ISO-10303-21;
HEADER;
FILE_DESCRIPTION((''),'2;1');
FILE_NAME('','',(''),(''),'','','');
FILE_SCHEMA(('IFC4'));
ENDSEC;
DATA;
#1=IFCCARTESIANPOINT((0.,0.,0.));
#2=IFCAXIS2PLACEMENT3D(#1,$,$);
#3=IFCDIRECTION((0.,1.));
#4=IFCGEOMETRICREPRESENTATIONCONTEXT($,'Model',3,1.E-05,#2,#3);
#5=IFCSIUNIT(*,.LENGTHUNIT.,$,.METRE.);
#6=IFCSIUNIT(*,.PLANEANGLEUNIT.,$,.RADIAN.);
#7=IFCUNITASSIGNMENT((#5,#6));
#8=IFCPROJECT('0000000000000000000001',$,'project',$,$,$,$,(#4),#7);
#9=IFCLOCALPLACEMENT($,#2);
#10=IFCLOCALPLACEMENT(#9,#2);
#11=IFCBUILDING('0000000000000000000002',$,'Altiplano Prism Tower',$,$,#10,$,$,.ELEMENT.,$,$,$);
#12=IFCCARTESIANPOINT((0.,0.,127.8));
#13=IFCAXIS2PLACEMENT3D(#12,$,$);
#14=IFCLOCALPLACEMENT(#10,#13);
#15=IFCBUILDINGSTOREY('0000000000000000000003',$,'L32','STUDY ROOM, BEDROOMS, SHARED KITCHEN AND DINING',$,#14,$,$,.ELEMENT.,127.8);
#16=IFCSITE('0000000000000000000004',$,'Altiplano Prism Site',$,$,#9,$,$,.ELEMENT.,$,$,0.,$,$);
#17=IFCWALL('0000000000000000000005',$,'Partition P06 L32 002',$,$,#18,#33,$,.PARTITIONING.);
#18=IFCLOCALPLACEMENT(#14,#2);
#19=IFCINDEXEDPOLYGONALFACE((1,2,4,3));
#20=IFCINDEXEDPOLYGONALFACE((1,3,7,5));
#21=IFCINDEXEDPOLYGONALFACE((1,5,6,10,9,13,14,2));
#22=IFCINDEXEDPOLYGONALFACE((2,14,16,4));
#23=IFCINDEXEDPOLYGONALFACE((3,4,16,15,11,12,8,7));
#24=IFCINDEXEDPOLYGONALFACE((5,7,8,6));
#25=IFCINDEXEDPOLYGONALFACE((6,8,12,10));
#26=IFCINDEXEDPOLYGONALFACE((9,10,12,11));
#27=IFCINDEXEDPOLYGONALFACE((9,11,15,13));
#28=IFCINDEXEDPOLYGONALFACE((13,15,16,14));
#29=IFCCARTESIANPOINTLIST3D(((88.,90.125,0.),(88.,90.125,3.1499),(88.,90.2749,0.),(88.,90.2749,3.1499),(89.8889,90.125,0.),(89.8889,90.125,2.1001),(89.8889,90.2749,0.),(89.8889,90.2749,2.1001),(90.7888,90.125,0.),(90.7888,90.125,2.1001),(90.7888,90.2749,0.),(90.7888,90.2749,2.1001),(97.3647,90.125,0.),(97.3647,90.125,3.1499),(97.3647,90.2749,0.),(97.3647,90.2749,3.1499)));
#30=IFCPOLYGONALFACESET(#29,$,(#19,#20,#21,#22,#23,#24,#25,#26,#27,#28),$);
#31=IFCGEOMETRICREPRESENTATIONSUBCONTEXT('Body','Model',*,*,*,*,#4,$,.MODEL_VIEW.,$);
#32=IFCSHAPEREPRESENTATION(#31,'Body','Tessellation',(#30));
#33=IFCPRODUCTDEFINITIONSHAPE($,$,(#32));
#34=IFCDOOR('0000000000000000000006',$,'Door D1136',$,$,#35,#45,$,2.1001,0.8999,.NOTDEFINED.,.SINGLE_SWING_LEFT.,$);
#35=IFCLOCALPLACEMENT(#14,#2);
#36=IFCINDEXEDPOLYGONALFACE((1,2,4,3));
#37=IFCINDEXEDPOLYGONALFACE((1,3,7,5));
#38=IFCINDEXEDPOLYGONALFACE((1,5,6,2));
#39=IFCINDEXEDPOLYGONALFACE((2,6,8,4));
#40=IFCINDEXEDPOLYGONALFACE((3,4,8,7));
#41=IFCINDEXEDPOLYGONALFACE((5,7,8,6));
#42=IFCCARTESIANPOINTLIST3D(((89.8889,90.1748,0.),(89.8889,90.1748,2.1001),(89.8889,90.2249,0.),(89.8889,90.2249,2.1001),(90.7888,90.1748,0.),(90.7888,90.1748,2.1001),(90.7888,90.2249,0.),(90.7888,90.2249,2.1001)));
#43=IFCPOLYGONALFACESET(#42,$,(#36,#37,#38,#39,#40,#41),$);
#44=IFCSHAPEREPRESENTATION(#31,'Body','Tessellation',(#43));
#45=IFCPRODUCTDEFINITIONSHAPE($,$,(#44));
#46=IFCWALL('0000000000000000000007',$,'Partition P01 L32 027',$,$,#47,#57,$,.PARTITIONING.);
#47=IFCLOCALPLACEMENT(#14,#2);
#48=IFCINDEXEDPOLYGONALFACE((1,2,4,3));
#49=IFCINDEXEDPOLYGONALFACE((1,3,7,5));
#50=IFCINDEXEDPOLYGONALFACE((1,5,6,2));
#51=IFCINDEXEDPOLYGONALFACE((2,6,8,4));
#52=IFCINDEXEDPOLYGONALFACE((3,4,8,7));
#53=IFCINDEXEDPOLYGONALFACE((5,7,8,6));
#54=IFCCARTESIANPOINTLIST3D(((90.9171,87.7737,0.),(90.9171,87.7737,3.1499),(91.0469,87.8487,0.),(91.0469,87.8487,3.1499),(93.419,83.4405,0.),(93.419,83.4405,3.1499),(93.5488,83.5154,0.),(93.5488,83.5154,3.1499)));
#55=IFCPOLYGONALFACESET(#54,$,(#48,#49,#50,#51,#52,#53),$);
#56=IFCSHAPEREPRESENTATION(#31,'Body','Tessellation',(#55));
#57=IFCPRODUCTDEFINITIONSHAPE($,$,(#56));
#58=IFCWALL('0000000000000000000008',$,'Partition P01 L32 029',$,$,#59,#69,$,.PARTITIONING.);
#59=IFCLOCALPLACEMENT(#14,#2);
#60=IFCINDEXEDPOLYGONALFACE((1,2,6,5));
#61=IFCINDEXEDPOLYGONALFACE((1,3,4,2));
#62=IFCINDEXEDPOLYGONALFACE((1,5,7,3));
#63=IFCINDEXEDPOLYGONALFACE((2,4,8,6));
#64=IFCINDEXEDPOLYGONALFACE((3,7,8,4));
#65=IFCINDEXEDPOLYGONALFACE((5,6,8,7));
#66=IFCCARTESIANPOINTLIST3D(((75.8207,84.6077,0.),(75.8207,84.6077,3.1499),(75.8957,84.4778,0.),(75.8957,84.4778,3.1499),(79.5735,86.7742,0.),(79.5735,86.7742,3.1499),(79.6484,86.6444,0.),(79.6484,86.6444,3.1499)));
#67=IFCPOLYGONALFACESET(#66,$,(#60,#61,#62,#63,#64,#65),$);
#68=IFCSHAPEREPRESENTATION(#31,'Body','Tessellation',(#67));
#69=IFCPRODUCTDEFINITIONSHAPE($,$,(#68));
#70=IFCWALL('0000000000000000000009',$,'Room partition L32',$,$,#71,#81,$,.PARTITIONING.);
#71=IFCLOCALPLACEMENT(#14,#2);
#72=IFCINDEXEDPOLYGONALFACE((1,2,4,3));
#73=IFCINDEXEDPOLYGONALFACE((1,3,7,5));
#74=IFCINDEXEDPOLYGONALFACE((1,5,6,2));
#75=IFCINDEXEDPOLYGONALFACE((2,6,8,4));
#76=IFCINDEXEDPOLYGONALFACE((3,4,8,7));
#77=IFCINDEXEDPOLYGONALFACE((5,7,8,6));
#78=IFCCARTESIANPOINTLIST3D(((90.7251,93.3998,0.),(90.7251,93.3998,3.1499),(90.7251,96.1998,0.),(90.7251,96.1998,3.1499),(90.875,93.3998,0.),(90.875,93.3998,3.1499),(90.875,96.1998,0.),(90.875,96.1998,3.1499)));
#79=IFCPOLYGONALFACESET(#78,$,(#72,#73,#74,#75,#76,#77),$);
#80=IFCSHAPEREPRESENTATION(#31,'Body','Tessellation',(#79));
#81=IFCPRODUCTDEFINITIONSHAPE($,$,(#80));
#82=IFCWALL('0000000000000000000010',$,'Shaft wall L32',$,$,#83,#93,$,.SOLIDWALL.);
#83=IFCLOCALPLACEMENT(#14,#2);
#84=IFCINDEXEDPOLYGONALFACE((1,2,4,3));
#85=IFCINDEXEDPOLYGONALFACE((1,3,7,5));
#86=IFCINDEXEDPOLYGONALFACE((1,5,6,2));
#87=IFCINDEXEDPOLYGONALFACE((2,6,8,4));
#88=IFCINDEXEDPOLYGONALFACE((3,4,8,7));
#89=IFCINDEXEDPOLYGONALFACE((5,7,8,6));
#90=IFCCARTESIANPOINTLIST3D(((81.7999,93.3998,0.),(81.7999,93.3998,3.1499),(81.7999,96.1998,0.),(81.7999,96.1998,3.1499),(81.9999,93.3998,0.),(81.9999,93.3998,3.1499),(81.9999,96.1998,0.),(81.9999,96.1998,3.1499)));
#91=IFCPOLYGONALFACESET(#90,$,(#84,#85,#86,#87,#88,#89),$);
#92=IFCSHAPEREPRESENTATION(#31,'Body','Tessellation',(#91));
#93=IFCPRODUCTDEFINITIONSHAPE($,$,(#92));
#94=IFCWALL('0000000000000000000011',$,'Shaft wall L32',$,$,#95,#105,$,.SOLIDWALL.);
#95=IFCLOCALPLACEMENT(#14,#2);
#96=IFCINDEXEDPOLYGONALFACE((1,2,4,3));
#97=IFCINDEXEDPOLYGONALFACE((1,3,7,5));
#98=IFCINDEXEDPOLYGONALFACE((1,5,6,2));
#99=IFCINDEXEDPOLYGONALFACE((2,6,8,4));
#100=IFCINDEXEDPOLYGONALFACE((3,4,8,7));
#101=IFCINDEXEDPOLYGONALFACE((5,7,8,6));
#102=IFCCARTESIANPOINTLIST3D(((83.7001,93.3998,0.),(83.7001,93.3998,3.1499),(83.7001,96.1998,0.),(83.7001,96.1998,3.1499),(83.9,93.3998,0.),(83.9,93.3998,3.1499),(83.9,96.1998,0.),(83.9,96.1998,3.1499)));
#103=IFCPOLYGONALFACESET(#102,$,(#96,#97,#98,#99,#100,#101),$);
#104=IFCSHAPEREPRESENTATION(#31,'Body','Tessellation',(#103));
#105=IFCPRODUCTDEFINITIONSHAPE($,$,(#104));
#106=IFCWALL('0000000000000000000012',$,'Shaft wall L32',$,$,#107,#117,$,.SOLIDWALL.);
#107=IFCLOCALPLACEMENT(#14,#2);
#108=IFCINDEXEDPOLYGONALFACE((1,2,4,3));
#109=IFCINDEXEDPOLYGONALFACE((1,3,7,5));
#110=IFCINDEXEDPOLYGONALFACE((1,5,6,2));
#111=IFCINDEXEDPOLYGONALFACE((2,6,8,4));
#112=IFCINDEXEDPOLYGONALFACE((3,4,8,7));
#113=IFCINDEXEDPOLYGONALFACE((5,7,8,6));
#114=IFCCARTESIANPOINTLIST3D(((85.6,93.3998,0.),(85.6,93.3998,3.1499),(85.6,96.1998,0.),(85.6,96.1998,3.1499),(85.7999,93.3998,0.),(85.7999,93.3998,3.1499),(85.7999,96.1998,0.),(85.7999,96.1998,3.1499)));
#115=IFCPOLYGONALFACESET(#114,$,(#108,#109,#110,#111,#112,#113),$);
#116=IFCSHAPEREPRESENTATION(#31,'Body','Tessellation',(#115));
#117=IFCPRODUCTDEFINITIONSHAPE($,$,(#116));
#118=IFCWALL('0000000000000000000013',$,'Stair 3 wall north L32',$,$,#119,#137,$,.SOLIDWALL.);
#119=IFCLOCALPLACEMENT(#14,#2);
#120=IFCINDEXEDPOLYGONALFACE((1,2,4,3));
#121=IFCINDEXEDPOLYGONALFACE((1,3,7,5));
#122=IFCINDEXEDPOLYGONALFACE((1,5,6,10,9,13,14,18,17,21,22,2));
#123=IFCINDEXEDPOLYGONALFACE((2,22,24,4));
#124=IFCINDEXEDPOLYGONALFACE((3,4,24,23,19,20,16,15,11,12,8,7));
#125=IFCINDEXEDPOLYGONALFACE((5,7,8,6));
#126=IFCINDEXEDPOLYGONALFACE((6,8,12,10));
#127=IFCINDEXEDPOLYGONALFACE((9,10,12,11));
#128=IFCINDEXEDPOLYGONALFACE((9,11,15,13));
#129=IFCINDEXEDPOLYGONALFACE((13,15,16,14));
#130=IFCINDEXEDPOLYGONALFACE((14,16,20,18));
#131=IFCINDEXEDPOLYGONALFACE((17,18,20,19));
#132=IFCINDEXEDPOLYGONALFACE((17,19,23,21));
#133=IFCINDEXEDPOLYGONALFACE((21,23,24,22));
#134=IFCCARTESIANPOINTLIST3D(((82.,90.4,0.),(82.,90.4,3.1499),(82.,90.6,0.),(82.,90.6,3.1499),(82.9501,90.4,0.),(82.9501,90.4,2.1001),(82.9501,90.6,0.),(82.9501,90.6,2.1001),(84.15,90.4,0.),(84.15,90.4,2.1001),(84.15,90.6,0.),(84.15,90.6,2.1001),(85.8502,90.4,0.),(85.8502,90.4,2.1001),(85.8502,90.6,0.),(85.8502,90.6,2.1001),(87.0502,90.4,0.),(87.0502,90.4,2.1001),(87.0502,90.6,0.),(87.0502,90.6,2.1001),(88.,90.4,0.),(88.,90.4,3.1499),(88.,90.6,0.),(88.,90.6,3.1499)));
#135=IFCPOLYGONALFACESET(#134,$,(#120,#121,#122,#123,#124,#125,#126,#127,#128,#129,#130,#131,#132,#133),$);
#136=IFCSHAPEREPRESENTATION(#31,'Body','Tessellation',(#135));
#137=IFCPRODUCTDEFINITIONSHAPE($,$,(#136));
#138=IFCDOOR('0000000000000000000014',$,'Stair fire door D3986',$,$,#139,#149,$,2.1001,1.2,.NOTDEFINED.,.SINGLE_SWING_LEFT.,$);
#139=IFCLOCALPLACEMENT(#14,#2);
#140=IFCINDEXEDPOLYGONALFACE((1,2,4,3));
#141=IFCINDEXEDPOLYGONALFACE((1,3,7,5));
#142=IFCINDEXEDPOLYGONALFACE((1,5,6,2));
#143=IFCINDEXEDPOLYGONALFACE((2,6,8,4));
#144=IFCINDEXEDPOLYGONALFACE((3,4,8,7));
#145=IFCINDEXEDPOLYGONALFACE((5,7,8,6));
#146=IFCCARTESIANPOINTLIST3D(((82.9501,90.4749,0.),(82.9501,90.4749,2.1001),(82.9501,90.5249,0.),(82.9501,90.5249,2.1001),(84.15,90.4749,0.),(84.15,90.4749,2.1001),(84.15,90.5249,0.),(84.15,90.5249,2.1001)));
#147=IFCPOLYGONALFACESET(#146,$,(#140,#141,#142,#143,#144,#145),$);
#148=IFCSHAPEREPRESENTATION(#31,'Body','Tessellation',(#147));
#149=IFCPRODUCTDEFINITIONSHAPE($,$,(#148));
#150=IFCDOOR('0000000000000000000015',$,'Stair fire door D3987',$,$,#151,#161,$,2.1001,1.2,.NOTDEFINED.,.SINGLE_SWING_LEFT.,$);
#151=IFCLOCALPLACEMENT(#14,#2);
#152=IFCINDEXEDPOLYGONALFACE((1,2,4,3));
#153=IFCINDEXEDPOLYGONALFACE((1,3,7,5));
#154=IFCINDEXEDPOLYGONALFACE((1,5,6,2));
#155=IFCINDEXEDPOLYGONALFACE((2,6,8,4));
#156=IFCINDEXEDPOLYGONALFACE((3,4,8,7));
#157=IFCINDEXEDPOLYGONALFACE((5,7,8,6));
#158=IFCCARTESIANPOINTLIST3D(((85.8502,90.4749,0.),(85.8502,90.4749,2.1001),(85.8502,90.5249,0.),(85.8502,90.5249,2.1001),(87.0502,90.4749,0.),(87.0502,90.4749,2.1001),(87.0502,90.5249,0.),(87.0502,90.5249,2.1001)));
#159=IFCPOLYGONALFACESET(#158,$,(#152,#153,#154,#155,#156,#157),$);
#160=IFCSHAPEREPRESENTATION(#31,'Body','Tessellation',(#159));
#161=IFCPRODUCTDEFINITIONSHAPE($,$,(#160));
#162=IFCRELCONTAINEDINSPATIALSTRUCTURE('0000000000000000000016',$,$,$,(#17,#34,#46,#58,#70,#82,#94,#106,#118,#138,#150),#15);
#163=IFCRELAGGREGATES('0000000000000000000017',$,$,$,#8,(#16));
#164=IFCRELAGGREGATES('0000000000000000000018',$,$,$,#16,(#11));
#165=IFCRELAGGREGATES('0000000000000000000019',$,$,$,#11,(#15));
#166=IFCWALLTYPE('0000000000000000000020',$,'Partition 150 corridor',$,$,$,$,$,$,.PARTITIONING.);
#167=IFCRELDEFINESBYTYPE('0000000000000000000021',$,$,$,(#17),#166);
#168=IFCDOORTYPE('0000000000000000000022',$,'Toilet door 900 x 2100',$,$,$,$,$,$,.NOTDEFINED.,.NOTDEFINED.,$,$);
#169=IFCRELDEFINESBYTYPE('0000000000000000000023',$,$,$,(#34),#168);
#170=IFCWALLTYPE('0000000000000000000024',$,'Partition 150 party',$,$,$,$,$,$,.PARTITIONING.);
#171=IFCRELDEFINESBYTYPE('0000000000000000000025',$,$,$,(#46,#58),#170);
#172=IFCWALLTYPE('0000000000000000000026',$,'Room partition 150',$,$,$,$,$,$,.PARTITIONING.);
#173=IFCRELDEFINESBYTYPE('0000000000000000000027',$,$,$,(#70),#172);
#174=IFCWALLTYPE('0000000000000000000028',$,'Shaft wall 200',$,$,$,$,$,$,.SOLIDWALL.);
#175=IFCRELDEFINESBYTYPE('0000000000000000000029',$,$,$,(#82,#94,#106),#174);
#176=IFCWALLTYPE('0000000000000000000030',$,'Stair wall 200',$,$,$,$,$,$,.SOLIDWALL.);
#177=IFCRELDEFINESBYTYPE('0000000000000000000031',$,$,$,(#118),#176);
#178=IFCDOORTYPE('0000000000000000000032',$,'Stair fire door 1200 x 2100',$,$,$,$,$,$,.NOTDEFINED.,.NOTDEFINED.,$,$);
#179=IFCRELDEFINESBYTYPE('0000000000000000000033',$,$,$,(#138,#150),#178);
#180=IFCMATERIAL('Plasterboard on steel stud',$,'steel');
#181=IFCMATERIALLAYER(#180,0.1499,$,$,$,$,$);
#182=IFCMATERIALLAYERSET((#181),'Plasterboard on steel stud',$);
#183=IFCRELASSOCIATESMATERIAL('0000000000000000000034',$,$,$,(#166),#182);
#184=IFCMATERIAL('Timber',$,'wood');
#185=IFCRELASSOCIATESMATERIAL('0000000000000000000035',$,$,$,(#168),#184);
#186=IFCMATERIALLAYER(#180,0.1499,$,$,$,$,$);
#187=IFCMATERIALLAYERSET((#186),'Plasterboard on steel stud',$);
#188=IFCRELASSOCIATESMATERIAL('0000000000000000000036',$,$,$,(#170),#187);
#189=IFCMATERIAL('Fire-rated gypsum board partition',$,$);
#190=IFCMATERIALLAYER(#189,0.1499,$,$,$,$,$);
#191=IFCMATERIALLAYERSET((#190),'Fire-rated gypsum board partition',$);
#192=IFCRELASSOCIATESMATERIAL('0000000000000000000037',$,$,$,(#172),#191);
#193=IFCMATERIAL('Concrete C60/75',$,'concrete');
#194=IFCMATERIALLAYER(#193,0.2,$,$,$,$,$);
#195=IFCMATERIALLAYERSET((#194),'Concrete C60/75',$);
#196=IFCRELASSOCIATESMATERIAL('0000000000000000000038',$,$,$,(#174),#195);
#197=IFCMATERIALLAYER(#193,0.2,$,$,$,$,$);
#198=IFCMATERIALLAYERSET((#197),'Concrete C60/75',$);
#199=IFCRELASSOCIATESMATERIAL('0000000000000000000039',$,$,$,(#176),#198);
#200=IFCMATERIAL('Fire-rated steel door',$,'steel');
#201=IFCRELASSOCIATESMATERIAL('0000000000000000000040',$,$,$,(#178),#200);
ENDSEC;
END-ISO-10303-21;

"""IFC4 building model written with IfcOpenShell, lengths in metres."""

from ifc_helpers import new_model, si_unit, direction, frame, frame_2d, origin, place, context, subcontext, project, spatial, rectangle, extrude, material, layer, layer_set, type_object, element, fill, save


model = new_model("IFC4")

# Units and contexts
model_context = context("Model", 3, precision=1e-05, world=origin(), true_north=direction((0.0, 1.0)))
body_context = subcontext(model_context, "Body", "Model", "MODEL_VIEW")
ifc_project = project(units=[si_unit("LENGTHUNIT", "METRE"), si_unit("PLANEANGLEUNIT", "RADIAN")], contexts=[model_context])

# Site, building, storey
site_placement = place(None, origin())
site = spatial("IfcSite", under=ifc_project, at=site_placement, Name="Altiplano Prism Site", CompositionType="ELEMENT", RefElevation=0.0)
building_placement = place(site_placement, origin())
building = spatial("IfcBuilding", under=site, at=building_placement, Name="Altiplano Prism Tower", CompositionType="ELEMENT")
storey_placement = place(building_placement, frame((0.0, 0.0, 127.8)))
storey = spatial("IfcBuildingStorey", under=building, at=storey_placement, Name="L32", Description="STUDY ROOM, BEDROOMS, SHARED KITCHEN AND DINING", CompositionType="ELEMENT", Elevation=127.8)

# Wall, opening, door
ifc_material_1 = material(Name="Plasterboard on steel stud", Category="steel")
ifc_layer_1 = layer(ifc_material_1, 0.1499)
ifc_layer_set_1 = layer_set([ifc_layer_1], Name="Plasterboard on steel stud")
wall_type_1 = type_object("IfcWallType", Name="Partition 150 corridor", PredefinedType="PARTITIONING", material=ifc_layer_set_1)
wall_1_placement = place(storey_placement, frame((88.0, 90.2, 0.0), z_axis=(0.0, 0.0, 1.0), x_axis=(1.0, 0.0, 0.0)))
wall_1 = element("IfcWall", 1, at=wall_1_placement, inside=storey, type_object=wall_type_1, Name="Partition P06 L32 002", PredefinedType="PARTITIONING", context=body_context, shape_type="SweptSolid", body=[
    extrude(rectangle(XDim=9.3647, YDim=0.1499, at=frame_2d((4.6824, 0.0))), origin(), (0.0, 0.0, 1.0), 3.1499),
])
opening_1_placement = place(wall_1_placement, frame((1.8889, 0.0, 0.0)))
opening_1 = element("IfcOpeningElement", 2, at=opening_1_placement, cuts=wall_1, PredefinedType="OPENING", context=body_context, shape_type="SweptSolid", body=[
    extrude(rectangle(XDim=0.8999, YDim=2.1001, at=frame_2d((0.45, 1.05))), frame((0.0, 0.0854, 0.0), z_axis=(0.0, -1.0, 0.0), x_axis=(1.0, 0.0, 0.0)), (0.0, 0.0, 1.0), 0.1709),
])
ifc_material_2 = material(Name="Timber", Category="wood")
door_type_1 = type_object("IfcDoorType", Name="Toilet door 900 x 2100", OperationType="NOTDEFINED", PredefinedType="NOTDEFINED", material=ifc_material_2)
door_1_placement = place(opening_1_placement, origin())
door_1 = element("IfcDoor", 3, at=door_1_placement, inside=storey, type_object=door_type_1, Name="Door D1136", OperationType="SINGLE_SWING_LEFT", OverallHeight=2.1001, OverallWidth=0.8999, PredefinedType="NOTDEFINED", context=body_context, shape_type="SweptSolid", body=[
    extrude(rectangle(XDim=0.8999, YDim=2.1001, at=frame_2d((0.45, 1.05))), frame((0.0, 0.0249, 0.0), z_axis=(0.0, -1.0, 0.0), x_axis=(1.0, 0.0, 0.0)), (0.0, 0.0, 1.0), 0.05),
])
fill(opening_1, door_1)

# Walls
ifc_layer_2 = layer(ifc_material_1, 0.1499)
ifc_layer_set_2 = layer_set([ifc_layer_2], Name="Plasterboard on steel stud")
wall_type_2 = type_object("IfcWallType", Name="Partition 150 party", PredefinedType="PARTITIONING", material=ifc_layer_set_2)
wall_2_placement = place(storey_placement, frame((90.9819, 87.8113, 0.0), z_axis=(0.0, 0.0, 1.0), x_axis=(0.500022, -0.866013, 0.0)))
element("IfcWall", 4, at=wall_2_placement, inside=storey, type_object=wall_type_2, Name="Partition P01 L32 027", PredefinedType="PARTITIONING", context=body_context, shape_type="SweptSolid", body=[
    extrude(rectangle(XDim=5.0037, YDim=0.1499, at=frame_2d((2.502, 0.0))), origin(), (0.0, 0.0, 1.0), 3.1499),
])
wall_3_placement = place(storey_placement, frame((79.6108, 86.7092, 0.0), z_axis=(0.0, 0.0, 1.0), x_axis=(-0.866036, -0.499981, 0.0)))
element("IfcWall", 5, at=wall_3_placement, inside=storey, type_object=wall_type_2, Name="Partition P01 L32 029", PredefinedType="PARTITIONING", context=body_context, shape_type="SweptSolid", body=[
    extrude(rectangle(XDim=4.3333, YDim=0.1499, at=frame_2d((2.1665, 0.0))), origin(), (0.0, 0.0, 1.0), 3.1499),
])
ifc_material_3 = material(Name="Fire-rated gypsum board partition")
ifc_layer_3 = layer(ifc_material_3, 0.1499)
ifc_layer_set_3 = layer_set([ifc_layer_3], Name="Fire-rated gypsum board partition")
wall_type_3 = type_object("IfcWallType", Name="Room partition 150", PredefinedType="PARTITIONING", material=ifc_layer_set_3)
wall_4_placement = place(storey_placement, frame((90.8, 93.3999, 0.0), z_axis=(0.0, 0.0, 1.0), x_axis=(0.0, 1.0, 0.0)))
element("IfcWall", 6, at=wall_4_placement, inside=storey, type_object=wall_type_3, Name="Room partition L32", PredefinedType="PARTITIONING", context=body_context, shape_type="SweptSolid", body=[
    extrude(rectangle(XDim=2.8, YDim=0.1499, at=frame_2d((1.3999, 0.0))), origin(), (0.0, 0.0, 1.0), 3.1499),
])
ifc_material_4 = material(Name="Concrete C60/75", Category="concrete")
ifc_layer_4 = layer(ifc_material_4, 0.2)
ifc_layer_set_4 = layer_set([ifc_layer_4], Name="Concrete C60/75")
wall_type_4 = type_object("IfcWallType", Name="Shaft wall 200", PredefinedType="SOLIDWALL", material=ifc_layer_set_4)
for number, where, z_axis, x_axis, name in (
    (7, (81.8999, 93.3999, 0.0), (0.0, 0.0, 1.0), (0.0, 1.0, 0.0), "Shaft wall L32"),
    (8, (83.8, 93.3999, 0.0), (0.0, 0.0, 1.0), (0.0, 1.0, 0.0), "Shaft wall L32"),
    (9, (85.7, 93.3999, 0.0), (0.0, 0.0, 1.0), (0.0, 1.0, 0.0), "Shaft wall L32"),
):
    element("IfcWall", number, at=place(storey_placement, frame(where, z_axis=z_axis, x_axis=x_axis)), inside=storey, type_object=wall_type_4, Name=name, PredefinedType="SOLIDWALL", context=body_context, shape_type="SweptSolid", body=[
        extrude(rectangle(XDim=2.8, YDim=0.2, at=frame_2d((1.3999, 0.0))), origin(), (0.0, 0.0, 1.0), 3.1499),
    ])

# Wall, openings, doors
ifc_layer_5 = layer(ifc_material_4, 0.2)
ifc_layer_set_5 = layer_set([ifc_layer_5], Name="Concrete C60/75")
wall_type_5 = type_object("IfcWallType", Name="Stair wall 200", PredefinedType="SOLIDWALL", material=ifc_layer_set_5)
wall_5_placement = place(storey_placement, frame((82.0, 90.5, 0.0), z_axis=(0.0, 0.0, 1.0), x_axis=(1.0, 0.0, 0.0)))
wall_5 = element("IfcWall", 10, at=wall_5_placement, inside=storey, type_object=wall_type_5, Name="Stair 3 wall north L32", PredefinedType="SOLIDWALL", context=body_context, shape_type="SweptSolid", body=[
    extrude(rectangle(XDim=6.0, YDim=0.2, at=frame_2d((3.0, 0.0))), origin(), (0.0, 0.0, 1.0), 3.1499),
])
opening_2_placement = place(wall_5_placement, frame((0.95, 0.0, 0.0)))
opening_2 = element("IfcOpeningElement", 11, at=opening_2_placement, cuts=wall_5, PredefinedType="OPENING", context=body_context, shape_type="SweptSolid", body=[
    extrude(rectangle(XDim=1.2, YDim=2.1001, at=frame_2d((0.6001, 1.05))), frame((0.0, 0.1104, 0.0), z_axis=(0.0, -1.0, 0.0), x_axis=(1.0, 0.0, 0.0)), (0.0, 0.0, 1.0), 0.2209),
])
opening_3_placement = place(wall_5_placement, frame((3.8501, 0.0, 0.0)))
opening_3 = element("IfcOpeningElement", 12, at=opening_3_placement, cuts=wall_5, PredefinedType="OPENING", context=body_context, shape_type="SweptSolid", body=[
    extrude(rectangle(XDim=1.2, YDim=2.1001, at=frame_2d((0.6001, 1.05))), frame((0.0, 0.1104, 0.0), z_axis=(0.0, -1.0, 0.0), x_axis=(1.0, 0.0, 0.0)), (0.0, 0.0, 1.0), 0.2209),
])
ifc_material_5 = material(Name="Fire-rated steel door", Category="steel")
door_type_2 = type_object("IfcDoorType", Name="Stair fire door 1200 x 2100", OperationType="NOTDEFINED", PredefinedType="NOTDEFINED", material=ifc_material_5)
door_2_placement = place(opening_2_placement, origin())
door_2 = element("IfcDoor", 13, at=door_2_placement, inside=storey, type_object=door_type_2, Name="Stair fire door D3986", OperationType="SINGLE_SWING_LEFT", OverallHeight=2.1001, OverallWidth=1.2, PredefinedType="NOTDEFINED", context=body_context, shape_type="SweptSolid", body=[
    extrude(rectangle(XDim=1.2, YDim=2.1001, at=frame_2d((0.6001, 1.05))), frame((0.0, 0.0249, 0.0), z_axis=(0.0, -1.0, 0.0), x_axis=(1.0, 0.0, 0.0)), (0.0, 0.0, 1.0), 0.05),
])
fill(opening_2, door_2)
door_3_placement = place(opening_3_placement, origin())
door_3 = element("IfcDoor", 14, at=door_3_placement, inside=storey, type_object=door_type_2, Name="Stair fire door D3987", OperationType="SINGLE_SWING_LEFT", OverallHeight=2.1001, OverallWidth=1.2, PredefinedType="NOTDEFINED", context=body_context, shape_type="SweptSolid", body=[
    extrude(rectangle(XDim=1.2, YDim=2.1001, at=frame_2d((0.6001, 1.05))), frame((0.0, 0.0249, 0.0), z_axis=(0.0, -1.0, 0.0), x_axis=(1.0, 0.0, 0.0)), (0.0, 0.0, 1.0), 0.05),
])
fill(opening_3, door_3)

save(model, "model.ifc")
